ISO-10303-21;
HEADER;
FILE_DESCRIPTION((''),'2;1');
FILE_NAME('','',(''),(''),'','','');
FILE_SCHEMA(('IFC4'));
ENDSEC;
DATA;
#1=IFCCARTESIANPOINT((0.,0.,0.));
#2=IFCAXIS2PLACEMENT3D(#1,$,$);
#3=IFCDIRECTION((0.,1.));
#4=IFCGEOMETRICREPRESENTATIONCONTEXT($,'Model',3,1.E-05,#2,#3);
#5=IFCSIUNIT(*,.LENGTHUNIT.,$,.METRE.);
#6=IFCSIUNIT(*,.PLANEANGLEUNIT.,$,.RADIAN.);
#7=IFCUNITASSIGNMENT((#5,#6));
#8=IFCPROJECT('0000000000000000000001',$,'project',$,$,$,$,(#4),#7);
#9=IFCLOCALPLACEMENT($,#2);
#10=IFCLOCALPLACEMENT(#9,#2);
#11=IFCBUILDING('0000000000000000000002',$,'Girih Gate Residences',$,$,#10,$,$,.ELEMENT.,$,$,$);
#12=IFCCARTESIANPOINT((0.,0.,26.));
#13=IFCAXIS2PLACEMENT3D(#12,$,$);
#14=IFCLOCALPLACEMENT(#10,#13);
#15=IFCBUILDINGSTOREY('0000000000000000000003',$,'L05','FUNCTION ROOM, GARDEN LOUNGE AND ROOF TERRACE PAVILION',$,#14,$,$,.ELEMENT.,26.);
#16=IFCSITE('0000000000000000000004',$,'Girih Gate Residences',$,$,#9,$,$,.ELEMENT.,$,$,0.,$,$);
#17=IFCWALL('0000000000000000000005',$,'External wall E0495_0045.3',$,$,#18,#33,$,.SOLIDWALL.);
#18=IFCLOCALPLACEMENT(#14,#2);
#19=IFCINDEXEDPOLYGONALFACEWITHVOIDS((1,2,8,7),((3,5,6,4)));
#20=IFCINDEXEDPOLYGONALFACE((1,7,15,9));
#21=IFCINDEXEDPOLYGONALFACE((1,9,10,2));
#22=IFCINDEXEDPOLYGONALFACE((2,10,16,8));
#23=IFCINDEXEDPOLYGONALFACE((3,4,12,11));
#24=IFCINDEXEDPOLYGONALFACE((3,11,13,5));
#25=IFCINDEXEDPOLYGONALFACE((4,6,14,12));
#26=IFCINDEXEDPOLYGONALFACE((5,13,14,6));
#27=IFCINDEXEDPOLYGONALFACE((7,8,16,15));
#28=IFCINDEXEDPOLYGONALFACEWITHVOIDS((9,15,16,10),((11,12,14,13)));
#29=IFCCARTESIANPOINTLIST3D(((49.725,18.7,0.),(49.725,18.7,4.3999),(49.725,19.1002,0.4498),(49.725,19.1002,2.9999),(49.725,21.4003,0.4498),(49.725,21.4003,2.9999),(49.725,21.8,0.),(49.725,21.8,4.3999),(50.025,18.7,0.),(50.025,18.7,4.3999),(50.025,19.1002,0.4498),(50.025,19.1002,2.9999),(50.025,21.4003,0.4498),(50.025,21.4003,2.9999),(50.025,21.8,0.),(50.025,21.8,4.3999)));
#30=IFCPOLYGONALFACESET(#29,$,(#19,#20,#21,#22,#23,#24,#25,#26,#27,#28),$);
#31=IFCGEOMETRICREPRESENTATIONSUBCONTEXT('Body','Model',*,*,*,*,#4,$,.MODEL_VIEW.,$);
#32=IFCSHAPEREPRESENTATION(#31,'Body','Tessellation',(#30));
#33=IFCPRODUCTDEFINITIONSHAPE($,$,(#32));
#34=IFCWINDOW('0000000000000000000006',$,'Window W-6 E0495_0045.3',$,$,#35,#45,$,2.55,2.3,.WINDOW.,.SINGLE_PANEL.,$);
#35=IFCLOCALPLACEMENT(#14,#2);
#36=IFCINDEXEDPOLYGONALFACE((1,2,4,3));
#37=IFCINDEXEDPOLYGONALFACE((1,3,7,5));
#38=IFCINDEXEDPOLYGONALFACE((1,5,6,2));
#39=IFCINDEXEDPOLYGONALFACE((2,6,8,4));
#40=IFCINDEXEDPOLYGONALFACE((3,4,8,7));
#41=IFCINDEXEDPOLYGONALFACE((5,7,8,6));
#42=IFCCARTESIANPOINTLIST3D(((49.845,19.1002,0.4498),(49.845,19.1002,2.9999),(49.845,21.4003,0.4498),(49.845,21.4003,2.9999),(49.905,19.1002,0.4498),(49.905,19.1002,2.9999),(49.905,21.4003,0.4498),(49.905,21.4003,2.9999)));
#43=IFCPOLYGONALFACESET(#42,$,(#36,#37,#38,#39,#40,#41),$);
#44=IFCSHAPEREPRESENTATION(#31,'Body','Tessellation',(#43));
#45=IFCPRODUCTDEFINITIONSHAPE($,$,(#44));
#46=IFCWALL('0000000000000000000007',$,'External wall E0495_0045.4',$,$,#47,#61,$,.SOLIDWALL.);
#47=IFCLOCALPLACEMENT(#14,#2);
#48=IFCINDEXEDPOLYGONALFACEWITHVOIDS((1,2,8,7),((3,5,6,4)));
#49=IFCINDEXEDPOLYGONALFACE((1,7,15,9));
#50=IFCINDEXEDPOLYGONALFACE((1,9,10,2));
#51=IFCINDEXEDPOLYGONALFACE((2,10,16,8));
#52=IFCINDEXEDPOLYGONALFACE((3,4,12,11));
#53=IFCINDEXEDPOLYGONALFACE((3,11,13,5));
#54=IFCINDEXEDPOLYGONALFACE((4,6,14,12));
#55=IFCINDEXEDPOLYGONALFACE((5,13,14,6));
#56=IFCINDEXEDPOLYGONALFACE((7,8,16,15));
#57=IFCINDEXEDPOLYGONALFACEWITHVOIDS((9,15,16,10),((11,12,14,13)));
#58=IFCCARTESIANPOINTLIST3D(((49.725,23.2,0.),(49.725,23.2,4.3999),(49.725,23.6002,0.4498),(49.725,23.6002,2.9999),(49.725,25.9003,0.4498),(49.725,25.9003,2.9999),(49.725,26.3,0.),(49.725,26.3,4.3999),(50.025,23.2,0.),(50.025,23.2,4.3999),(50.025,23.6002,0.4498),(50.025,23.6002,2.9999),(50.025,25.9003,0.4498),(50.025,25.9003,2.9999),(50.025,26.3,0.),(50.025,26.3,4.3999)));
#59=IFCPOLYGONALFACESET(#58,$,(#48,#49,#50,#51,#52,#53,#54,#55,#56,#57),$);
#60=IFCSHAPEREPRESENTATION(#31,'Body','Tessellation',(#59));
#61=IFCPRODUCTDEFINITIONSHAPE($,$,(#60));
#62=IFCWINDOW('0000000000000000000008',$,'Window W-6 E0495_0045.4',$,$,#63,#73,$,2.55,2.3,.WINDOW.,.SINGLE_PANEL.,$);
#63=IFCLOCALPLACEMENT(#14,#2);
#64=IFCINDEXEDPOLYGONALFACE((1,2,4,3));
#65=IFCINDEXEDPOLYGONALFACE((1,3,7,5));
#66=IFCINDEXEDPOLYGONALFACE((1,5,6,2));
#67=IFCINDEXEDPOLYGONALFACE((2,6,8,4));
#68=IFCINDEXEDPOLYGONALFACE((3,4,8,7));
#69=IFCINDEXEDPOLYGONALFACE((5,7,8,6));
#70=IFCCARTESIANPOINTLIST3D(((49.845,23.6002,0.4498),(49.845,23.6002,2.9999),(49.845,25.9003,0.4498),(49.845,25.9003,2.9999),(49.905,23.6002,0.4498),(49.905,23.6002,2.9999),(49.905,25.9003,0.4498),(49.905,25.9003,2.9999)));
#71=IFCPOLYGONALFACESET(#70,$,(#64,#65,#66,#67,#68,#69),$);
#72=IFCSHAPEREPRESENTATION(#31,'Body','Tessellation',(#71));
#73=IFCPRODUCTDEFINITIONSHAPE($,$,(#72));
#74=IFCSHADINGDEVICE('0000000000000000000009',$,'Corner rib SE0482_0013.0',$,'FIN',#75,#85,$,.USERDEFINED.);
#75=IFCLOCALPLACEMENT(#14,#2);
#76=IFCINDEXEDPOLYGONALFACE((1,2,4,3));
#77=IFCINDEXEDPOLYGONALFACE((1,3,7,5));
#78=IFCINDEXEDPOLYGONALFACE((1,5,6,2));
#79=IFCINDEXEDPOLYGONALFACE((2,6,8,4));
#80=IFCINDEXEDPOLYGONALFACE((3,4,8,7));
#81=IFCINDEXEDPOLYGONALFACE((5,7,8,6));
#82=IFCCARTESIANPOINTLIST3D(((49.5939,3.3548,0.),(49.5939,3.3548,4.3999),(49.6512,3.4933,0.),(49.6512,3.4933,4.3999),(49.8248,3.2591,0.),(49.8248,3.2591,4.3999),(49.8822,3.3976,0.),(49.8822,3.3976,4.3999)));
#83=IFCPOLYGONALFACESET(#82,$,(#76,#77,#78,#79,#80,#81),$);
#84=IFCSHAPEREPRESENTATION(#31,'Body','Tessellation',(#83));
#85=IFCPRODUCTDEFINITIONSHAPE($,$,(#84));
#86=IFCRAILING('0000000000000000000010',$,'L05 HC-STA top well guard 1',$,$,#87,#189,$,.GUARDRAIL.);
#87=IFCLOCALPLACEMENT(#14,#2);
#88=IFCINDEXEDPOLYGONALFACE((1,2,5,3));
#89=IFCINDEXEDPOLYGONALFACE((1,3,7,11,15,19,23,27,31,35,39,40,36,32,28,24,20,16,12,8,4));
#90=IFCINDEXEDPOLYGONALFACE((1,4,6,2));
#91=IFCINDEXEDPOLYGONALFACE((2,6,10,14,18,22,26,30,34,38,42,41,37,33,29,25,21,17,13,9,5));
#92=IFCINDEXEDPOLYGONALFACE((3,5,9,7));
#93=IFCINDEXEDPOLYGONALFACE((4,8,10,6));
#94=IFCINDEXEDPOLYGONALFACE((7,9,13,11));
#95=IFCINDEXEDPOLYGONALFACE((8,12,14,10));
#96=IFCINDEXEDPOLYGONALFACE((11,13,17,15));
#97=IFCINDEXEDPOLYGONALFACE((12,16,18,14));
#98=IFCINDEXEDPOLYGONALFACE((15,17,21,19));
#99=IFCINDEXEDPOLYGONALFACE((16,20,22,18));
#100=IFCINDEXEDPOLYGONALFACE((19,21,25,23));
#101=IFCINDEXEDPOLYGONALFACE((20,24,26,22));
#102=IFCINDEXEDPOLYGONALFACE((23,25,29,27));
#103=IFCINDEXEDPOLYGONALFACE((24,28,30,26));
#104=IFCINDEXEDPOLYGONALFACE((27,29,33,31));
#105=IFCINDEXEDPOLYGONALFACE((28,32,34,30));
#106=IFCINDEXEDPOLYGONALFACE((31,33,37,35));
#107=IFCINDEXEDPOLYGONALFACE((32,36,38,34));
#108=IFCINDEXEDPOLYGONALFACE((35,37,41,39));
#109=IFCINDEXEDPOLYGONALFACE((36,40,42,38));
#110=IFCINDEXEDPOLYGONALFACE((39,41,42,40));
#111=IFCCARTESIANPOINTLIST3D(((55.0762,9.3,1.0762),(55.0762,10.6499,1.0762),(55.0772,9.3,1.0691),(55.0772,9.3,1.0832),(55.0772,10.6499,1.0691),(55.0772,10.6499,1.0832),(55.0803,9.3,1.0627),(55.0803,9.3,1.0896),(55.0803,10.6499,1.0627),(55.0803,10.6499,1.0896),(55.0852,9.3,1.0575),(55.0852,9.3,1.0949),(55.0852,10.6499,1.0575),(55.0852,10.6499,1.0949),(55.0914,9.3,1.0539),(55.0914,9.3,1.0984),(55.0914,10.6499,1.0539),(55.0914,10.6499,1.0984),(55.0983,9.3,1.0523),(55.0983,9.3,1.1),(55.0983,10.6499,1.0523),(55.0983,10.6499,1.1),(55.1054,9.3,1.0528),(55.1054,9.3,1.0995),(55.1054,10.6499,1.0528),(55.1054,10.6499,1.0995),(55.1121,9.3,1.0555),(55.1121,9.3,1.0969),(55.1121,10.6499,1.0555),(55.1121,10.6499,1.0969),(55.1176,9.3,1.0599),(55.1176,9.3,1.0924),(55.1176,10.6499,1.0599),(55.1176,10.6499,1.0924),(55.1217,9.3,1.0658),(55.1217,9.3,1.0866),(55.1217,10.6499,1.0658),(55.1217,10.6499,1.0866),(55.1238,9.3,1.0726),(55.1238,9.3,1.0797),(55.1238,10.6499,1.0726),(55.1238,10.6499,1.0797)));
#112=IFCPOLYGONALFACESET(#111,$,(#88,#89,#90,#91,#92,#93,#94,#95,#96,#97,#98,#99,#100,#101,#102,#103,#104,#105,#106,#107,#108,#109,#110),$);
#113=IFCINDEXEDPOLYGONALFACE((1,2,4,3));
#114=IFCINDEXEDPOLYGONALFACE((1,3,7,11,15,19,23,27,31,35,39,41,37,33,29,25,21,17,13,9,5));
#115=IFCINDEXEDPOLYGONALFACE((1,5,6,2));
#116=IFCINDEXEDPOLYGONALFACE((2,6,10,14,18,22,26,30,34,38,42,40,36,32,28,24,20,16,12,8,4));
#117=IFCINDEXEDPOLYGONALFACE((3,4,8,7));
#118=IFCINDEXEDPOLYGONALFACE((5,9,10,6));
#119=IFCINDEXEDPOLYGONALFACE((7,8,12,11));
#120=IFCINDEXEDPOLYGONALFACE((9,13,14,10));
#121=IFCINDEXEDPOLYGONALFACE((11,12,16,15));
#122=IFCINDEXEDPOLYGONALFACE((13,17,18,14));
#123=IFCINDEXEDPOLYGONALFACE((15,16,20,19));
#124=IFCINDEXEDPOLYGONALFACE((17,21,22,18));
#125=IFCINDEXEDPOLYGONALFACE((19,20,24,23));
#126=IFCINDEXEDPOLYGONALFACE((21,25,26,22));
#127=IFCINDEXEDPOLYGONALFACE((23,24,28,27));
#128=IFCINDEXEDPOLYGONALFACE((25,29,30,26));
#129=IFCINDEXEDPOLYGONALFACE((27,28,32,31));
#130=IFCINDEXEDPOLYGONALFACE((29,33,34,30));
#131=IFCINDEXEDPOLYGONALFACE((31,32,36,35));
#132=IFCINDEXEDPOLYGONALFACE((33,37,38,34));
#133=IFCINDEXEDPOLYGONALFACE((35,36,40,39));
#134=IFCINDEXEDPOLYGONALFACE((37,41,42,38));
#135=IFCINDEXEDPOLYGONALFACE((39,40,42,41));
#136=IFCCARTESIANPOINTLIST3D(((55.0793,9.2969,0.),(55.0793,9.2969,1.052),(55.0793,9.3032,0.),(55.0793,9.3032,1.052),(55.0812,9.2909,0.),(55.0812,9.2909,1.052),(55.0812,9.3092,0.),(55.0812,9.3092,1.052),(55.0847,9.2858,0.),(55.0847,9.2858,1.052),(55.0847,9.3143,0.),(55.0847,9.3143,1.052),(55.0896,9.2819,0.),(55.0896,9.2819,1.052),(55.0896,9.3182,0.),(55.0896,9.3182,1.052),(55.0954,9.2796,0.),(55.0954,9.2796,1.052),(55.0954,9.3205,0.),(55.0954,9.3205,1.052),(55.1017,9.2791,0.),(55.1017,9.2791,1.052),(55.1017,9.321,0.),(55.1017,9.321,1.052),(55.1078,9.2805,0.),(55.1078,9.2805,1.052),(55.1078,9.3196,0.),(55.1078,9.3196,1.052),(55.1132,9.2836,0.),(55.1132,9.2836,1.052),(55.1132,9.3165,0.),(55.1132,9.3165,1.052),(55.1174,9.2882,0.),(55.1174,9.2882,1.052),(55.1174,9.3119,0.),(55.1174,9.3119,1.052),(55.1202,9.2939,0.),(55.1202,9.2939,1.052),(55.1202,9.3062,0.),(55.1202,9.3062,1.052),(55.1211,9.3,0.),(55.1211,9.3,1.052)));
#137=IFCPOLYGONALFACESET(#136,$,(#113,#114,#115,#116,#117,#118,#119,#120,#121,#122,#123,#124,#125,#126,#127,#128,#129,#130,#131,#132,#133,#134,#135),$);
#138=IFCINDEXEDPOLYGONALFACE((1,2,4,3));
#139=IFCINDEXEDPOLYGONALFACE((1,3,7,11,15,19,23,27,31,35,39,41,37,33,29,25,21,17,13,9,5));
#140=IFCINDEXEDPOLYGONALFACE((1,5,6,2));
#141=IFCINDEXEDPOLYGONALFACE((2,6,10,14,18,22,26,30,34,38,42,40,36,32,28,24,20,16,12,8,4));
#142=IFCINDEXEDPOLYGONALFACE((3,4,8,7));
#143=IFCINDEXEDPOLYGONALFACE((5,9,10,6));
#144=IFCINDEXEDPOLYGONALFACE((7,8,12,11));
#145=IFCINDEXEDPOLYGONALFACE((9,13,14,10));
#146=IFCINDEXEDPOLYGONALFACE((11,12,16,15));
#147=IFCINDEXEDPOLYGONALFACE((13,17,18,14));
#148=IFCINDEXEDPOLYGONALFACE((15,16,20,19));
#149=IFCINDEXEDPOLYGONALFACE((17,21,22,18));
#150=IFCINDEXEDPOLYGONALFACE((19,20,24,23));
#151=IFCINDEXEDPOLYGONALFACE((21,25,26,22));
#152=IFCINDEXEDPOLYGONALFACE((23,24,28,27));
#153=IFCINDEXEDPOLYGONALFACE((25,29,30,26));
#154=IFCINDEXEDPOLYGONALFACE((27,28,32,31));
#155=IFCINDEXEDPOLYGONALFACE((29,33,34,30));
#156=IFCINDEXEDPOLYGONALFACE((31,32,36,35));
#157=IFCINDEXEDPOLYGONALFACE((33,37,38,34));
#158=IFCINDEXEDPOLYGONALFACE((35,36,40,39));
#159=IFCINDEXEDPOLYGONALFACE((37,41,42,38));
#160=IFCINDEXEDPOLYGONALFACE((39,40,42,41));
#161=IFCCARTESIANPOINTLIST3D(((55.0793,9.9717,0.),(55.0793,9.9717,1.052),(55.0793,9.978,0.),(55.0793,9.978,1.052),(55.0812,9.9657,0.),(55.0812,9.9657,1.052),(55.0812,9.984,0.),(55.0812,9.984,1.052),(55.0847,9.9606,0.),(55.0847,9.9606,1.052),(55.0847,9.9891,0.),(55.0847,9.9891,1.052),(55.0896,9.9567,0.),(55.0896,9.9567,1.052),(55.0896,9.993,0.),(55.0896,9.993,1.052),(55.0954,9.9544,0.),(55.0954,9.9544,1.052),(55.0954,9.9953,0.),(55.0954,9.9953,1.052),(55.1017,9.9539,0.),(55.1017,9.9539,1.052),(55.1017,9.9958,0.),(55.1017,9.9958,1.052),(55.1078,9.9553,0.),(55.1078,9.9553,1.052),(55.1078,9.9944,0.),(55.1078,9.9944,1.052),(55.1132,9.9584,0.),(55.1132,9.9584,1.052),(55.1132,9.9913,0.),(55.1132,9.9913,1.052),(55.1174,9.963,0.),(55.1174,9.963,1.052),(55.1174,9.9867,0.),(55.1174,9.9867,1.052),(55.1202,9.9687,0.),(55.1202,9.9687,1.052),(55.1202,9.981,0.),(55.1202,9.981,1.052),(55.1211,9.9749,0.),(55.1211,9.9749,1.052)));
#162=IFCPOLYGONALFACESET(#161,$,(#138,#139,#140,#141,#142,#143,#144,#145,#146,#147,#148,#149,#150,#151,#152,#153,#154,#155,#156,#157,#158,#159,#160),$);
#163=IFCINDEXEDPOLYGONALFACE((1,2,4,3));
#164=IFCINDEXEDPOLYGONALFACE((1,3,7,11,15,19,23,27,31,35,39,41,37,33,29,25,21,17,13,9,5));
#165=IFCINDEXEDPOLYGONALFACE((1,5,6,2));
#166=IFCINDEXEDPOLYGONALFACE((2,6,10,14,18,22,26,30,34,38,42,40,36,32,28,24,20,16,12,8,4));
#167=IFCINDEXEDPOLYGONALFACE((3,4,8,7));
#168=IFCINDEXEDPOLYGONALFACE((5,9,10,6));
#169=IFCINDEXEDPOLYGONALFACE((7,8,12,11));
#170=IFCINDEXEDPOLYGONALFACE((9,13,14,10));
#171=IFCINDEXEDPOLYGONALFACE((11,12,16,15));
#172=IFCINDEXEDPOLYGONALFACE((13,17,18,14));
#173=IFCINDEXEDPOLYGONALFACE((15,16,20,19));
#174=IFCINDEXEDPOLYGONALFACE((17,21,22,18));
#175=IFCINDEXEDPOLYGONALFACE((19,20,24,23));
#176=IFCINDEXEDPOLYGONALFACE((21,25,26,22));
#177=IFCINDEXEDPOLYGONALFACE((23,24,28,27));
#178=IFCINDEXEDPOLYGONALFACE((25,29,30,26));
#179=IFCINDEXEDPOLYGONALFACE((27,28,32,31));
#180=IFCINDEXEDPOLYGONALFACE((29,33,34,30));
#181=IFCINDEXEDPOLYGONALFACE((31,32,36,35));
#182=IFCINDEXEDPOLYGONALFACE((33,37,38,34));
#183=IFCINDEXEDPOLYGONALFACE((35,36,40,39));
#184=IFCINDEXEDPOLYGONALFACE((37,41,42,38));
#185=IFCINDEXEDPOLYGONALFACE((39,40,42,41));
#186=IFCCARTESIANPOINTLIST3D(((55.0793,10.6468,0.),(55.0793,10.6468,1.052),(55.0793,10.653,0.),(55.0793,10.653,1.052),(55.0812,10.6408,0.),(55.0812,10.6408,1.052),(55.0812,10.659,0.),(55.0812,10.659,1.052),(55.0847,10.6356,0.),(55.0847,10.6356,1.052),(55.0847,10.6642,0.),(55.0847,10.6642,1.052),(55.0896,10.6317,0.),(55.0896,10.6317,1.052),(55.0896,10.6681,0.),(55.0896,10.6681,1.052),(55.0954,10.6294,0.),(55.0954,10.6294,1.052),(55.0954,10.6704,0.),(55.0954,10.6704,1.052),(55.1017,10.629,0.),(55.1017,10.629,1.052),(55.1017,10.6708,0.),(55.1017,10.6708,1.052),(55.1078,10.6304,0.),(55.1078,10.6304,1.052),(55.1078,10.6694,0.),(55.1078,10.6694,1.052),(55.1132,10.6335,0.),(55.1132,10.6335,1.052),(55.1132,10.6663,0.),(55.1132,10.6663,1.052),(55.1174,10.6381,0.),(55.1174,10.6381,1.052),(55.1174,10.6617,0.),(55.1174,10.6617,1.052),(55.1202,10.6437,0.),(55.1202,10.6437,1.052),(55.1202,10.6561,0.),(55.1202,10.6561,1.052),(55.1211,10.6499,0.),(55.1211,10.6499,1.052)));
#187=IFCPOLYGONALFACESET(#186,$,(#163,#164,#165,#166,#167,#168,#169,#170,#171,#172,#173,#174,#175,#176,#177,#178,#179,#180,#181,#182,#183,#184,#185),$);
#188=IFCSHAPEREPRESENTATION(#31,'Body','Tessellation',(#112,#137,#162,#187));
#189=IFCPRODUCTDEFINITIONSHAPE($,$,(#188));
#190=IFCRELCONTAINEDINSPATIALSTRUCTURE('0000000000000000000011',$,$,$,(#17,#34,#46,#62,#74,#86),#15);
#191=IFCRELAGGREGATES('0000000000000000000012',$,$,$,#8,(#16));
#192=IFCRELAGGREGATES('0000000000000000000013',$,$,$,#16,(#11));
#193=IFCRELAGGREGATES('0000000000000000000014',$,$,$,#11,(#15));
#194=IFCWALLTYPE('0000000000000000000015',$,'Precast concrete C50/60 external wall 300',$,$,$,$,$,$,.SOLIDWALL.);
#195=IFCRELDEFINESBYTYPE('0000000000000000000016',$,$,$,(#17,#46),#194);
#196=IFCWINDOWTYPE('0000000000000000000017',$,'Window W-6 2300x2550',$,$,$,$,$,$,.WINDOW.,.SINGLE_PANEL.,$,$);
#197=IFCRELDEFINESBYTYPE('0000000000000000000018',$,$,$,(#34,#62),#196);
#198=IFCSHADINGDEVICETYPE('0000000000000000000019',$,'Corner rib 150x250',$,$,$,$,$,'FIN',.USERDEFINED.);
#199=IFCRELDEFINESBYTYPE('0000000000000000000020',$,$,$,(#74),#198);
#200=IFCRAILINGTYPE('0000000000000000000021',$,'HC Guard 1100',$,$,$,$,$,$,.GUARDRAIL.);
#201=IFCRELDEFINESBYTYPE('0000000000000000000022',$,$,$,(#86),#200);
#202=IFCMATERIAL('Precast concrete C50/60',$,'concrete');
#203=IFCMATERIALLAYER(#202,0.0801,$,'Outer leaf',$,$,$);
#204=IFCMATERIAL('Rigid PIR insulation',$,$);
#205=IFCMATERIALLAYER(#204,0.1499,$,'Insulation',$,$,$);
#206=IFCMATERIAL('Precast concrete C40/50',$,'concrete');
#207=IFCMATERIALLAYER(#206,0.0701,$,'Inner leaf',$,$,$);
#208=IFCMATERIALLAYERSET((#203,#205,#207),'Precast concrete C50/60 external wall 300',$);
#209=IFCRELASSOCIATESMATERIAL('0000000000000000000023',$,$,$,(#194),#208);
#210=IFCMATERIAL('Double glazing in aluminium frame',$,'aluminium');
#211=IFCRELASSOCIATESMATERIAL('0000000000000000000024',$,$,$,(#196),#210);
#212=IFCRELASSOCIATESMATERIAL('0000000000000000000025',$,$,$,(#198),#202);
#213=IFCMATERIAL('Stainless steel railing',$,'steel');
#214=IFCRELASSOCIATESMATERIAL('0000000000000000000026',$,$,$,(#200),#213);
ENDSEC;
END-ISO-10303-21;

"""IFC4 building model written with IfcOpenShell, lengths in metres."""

from ifc_helpers import new_model, si_unit, direction, frame, frame_2d, origin, origin_2d, place, context, subcontext, project, spatial, rectangle, circle, extrude, material, layer, layer_set, type_object, element, fill, save


model = new_model("IFC4")

# Units and contexts
model_context = context("Model", 3, precision=1e-05, world=origin(), true_north=direction((0.0, 1.0)))
body_context = subcontext(model_context, "Body", "Model", "MODEL_VIEW")
ifc_project = project(units=[si_unit("LENGTHUNIT", "METRE"), si_unit("PLANEANGLEUNIT", "RADIAN")], contexts=[model_context])

# Site, building, storey
site_placement = place(None, origin())
site = spatial("IfcSite", under=ifc_project, at=site_placement, Name="Girih Gate Residences", CompositionType="ELEMENT", RefElevation=0.0)
building_placement = place(site_placement, origin())
building = spatial("IfcBuilding", under=site, at=building_placement, Name="Girih Gate Residences", CompositionType="ELEMENT")
storey_placement = place(building_placement, frame((0.0, 0.0, 26.0)))
storey = spatial("IfcBuildingStorey", under=building, at=storey_placement, Name="L05", Description="FUNCTION ROOM, GARDEN LOUNGE AND ROOF TERRACE PAVILION", CompositionType="ELEMENT", Elevation=26.0)

# Shared definitions
ifc_material_1 = material(Name="Precast concrete C40/50", Category="concrete")

# Walls, openings, windows
ifc_material_2 = material(Name="Precast concrete C50/60", Category="concrete")
ifc_layer_1 = layer(ifc_material_2, 0.0801, Name="Outer leaf")
ifc_material_3 = material(Name="Rigid PIR insulation")
ifc_layer_2 = layer(ifc_material_3, 0.1499, Name="Insulation")
ifc_layer_3 = layer(ifc_material_1, 0.0701, Name="Inner leaf")
ifc_layer_set_1 = layer_set([ifc_layer_1, ifc_layer_2, ifc_layer_3], Name="Precast concrete C50/60 external wall 300")
wall_type_1 = type_object("IfcWallType", Name="Precast concrete C50/60 external wall 300", PredefinedType="SOLIDWALL", material=ifc_layer_set_1)
ifc_material_4 = material(Name="Double glazing in aluminium frame", Category="aluminium")
window_type_1 = type_object("IfcWindowType", Name="Window W-6 2300x2550", PartitioningType="SINGLE_PANEL", PredefinedType="WINDOW", material=ifc_material_4)
wall_1_placement = place(storey_placement, frame((49.875, 21.8, 0.0), z_axis=(0.0, 0.0, 1.0), x_axis=(0.0, -1.0, 0.0)))
wall_1 = element("IfcWall", 1, at=wall_1_placement, inside=storey, type_object=wall_type_1, Name="External wall E0495_0045.3", PredefinedType="SOLIDWALL", context=body_context, shape_type="SweptSolid", body=[
    extrude(rectangle(XDim=3.1001, YDim=0.3, at=frame_2d((1.55, 0.0))), origin(), (0.0, 0.0, 1.0), 4.3999),
])
opening_1_placement = place(wall_1_placement, frame((0.3999, 0.0, 0.45)))
opening_1 = element("IfcOpeningElement", 2, at=opening_1_placement, cuts=wall_1, PredefinedType="OPENING", context=body_context, shape_type="SweptSolid", body=[
    extrude(rectangle(XDim=2.3, YDim=2.55, at=frame_2d((1.1499, 1.2749))), frame((0.0, 0.1599, 0.0), z_axis=(0.0, -1.0, 0.0), x_axis=(1.0, 0.0, 0.0)), (0.0, 0.0, 1.0), 0.3201),
])
window_1_placement = place(opening_1_placement, origin())
window_1 = element("IfcWindow", 3, at=window_1_placement, inside=storey, type_object=window_type_1, Name="Window W-6 E0495_0045.3", OverallHeight=2.55, OverallWidth=2.3, PartitioningType="SINGLE_PANEL", PredefinedType="WINDOW", context=body_context, shape_type="SweptSolid", body=[
    extrude(rectangle(XDim=2.3, YDim=2.55, at=frame_2d((1.1499, 1.2749))), frame((0.0, 0.03, 0.0), z_axis=(0.0, -1.0, 0.0), x_axis=(1.0, 0.0, 0.0)), (0.0, 0.0, 1.0), 0.0601),
])
fill(opening_1, window_1)
wall_2_placement = place(storey_placement, frame((49.875, 26.3, 0.0), z_axis=(0.0, 0.0, 1.0), x_axis=(0.0, -1.0, 0.0)))
wall_2 = element("IfcWall", 4, at=wall_2_placement, inside=storey, type_object=wall_type_1, Name="External wall E0495_0045.4", PredefinedType="SOLIDWALL", context=body_context, shape_type="SweptSolid", body=[
    extrude(rectangle(XDim=3.1001, YDim=0.3, at=frame_2d((1.55, 0.0))), origin(), (0.0, 0.0, 1.0), 4.3999),
])
opening_2_placement = place(wall_2_placement, frame((0.3999, 0.0, 0.45)))
opening_2 = element("IfcOpeningElement", 5, at=opening_2_placement, cuts=wall_2, PredefinedType="OPENING", context=body_context, shape_type="SweptSolid", body=[
    extrude(rectangle(XDim=2.3, YDim=2.55, at=frame_2d((1.1499, 1.2749))), frame((0.0, 0.1599, 0.0), z_axis=(0.0, -1.0, 0.0), x_axis=(1.0, 0.0, 0.0)), (0.0, 0.0, 1.0), 0.3201),
])
window_2_placement = place(opening_2_placement, origin())
window_2 = element("IfcWindow", 6, at=window_2_placement, inside=storey, type_object=window_type_1, Name="Window W-6 E0495_0045.4", OverallHeight=2.55, OverallWidth=2.3, PartitioningType="SINGLE_PANEL", PredefinedType="WINDOW", context=body_context, shape_type="SweptSolid", body=[
    extrude(rectangle(XDim=2.3, YDim=2.55, at=frame_2d((1.1499, 1.2749))), frame((0.0, 0.03, 0.0), z_axis=(0.0, -1.0, 0.0), x_axis=(1.0, 0.0, 0.0)), (0.0, 0.0, 1.0), 0.0601),
])
fill(opening_2, window_2)

# Shading device
shading_device_type = type_object("IfcShadingDeviceType", Name="Corner rib 150x250", ElementType="FIN", PredefinedType="USERDEFINED", material=ifc_material_2)
shading_device_placement = place(storey_placement, frame((49.738, 3.3762, 0.0), z_axis=(0.0, 0.0, 1.0), x_axis=(0.382683, 0.92388, 0.0)))
element("IfcShadingDevice", 7, at=shading_device_placement, inside=storey, type_object=shading_device_type, Name="Corner rib SE0482_0013.0", ObjectType="FIN", PredefinedType="USERDEFINED", context=body_context, shape_type="SweptSolid", body=[
    extrude(rectangle(XDim=0.1499, YDim=0.25, at=origin_2d()), origin(), (0.0, 0.0, 1.0), 4.3999),
])

# Railing
ifc_material_5 = material(Name="Stainless steel railing", Category="steel")
railing_type = type_object("IfcRailingType", Name="HC Guard 1100", PredefinedType="GUARDRAIL", material=ifc_material_5)
railing_placement = place(storey_placement, frame((55.1001, 9.3, 0.0)))
element("IfcRailing", 8, at=railing_placement, inside=storey, type_object=railing_type, Name="L05 HC-STA top well guard 1", PredefinedType="GUARDRAIL", context=body_context, shape_type="SweptSolid", body=[
    extrude(circle(Radius=0.0239, at=origin_2d()), frame((0.0, 0.0, 1.0762), z_axis=(0.0, 1.0, 0.0), x_axis=(-1.0, 0.0, 0.0)), (0.0, 0.0, 1.0), 1.3499),
    extrude(circle(Radius=0.021, at=origin_2d()), origin(), (0.0, 0.0, 1.0), 1.052),
    extrude(circle(Radius=0.021, at=origin_2d()), frame((0.0, 0.6748, 0.0)), (0.0, 0.0, 1.0), 1.052),
    extrude(circle(Radius=0.021, at=origin_2d()), frame((0.0, 1.3499, 0.0)), (0.0, 0.0, 1.0), 1.052),
])

save(model, "model.ifc")
